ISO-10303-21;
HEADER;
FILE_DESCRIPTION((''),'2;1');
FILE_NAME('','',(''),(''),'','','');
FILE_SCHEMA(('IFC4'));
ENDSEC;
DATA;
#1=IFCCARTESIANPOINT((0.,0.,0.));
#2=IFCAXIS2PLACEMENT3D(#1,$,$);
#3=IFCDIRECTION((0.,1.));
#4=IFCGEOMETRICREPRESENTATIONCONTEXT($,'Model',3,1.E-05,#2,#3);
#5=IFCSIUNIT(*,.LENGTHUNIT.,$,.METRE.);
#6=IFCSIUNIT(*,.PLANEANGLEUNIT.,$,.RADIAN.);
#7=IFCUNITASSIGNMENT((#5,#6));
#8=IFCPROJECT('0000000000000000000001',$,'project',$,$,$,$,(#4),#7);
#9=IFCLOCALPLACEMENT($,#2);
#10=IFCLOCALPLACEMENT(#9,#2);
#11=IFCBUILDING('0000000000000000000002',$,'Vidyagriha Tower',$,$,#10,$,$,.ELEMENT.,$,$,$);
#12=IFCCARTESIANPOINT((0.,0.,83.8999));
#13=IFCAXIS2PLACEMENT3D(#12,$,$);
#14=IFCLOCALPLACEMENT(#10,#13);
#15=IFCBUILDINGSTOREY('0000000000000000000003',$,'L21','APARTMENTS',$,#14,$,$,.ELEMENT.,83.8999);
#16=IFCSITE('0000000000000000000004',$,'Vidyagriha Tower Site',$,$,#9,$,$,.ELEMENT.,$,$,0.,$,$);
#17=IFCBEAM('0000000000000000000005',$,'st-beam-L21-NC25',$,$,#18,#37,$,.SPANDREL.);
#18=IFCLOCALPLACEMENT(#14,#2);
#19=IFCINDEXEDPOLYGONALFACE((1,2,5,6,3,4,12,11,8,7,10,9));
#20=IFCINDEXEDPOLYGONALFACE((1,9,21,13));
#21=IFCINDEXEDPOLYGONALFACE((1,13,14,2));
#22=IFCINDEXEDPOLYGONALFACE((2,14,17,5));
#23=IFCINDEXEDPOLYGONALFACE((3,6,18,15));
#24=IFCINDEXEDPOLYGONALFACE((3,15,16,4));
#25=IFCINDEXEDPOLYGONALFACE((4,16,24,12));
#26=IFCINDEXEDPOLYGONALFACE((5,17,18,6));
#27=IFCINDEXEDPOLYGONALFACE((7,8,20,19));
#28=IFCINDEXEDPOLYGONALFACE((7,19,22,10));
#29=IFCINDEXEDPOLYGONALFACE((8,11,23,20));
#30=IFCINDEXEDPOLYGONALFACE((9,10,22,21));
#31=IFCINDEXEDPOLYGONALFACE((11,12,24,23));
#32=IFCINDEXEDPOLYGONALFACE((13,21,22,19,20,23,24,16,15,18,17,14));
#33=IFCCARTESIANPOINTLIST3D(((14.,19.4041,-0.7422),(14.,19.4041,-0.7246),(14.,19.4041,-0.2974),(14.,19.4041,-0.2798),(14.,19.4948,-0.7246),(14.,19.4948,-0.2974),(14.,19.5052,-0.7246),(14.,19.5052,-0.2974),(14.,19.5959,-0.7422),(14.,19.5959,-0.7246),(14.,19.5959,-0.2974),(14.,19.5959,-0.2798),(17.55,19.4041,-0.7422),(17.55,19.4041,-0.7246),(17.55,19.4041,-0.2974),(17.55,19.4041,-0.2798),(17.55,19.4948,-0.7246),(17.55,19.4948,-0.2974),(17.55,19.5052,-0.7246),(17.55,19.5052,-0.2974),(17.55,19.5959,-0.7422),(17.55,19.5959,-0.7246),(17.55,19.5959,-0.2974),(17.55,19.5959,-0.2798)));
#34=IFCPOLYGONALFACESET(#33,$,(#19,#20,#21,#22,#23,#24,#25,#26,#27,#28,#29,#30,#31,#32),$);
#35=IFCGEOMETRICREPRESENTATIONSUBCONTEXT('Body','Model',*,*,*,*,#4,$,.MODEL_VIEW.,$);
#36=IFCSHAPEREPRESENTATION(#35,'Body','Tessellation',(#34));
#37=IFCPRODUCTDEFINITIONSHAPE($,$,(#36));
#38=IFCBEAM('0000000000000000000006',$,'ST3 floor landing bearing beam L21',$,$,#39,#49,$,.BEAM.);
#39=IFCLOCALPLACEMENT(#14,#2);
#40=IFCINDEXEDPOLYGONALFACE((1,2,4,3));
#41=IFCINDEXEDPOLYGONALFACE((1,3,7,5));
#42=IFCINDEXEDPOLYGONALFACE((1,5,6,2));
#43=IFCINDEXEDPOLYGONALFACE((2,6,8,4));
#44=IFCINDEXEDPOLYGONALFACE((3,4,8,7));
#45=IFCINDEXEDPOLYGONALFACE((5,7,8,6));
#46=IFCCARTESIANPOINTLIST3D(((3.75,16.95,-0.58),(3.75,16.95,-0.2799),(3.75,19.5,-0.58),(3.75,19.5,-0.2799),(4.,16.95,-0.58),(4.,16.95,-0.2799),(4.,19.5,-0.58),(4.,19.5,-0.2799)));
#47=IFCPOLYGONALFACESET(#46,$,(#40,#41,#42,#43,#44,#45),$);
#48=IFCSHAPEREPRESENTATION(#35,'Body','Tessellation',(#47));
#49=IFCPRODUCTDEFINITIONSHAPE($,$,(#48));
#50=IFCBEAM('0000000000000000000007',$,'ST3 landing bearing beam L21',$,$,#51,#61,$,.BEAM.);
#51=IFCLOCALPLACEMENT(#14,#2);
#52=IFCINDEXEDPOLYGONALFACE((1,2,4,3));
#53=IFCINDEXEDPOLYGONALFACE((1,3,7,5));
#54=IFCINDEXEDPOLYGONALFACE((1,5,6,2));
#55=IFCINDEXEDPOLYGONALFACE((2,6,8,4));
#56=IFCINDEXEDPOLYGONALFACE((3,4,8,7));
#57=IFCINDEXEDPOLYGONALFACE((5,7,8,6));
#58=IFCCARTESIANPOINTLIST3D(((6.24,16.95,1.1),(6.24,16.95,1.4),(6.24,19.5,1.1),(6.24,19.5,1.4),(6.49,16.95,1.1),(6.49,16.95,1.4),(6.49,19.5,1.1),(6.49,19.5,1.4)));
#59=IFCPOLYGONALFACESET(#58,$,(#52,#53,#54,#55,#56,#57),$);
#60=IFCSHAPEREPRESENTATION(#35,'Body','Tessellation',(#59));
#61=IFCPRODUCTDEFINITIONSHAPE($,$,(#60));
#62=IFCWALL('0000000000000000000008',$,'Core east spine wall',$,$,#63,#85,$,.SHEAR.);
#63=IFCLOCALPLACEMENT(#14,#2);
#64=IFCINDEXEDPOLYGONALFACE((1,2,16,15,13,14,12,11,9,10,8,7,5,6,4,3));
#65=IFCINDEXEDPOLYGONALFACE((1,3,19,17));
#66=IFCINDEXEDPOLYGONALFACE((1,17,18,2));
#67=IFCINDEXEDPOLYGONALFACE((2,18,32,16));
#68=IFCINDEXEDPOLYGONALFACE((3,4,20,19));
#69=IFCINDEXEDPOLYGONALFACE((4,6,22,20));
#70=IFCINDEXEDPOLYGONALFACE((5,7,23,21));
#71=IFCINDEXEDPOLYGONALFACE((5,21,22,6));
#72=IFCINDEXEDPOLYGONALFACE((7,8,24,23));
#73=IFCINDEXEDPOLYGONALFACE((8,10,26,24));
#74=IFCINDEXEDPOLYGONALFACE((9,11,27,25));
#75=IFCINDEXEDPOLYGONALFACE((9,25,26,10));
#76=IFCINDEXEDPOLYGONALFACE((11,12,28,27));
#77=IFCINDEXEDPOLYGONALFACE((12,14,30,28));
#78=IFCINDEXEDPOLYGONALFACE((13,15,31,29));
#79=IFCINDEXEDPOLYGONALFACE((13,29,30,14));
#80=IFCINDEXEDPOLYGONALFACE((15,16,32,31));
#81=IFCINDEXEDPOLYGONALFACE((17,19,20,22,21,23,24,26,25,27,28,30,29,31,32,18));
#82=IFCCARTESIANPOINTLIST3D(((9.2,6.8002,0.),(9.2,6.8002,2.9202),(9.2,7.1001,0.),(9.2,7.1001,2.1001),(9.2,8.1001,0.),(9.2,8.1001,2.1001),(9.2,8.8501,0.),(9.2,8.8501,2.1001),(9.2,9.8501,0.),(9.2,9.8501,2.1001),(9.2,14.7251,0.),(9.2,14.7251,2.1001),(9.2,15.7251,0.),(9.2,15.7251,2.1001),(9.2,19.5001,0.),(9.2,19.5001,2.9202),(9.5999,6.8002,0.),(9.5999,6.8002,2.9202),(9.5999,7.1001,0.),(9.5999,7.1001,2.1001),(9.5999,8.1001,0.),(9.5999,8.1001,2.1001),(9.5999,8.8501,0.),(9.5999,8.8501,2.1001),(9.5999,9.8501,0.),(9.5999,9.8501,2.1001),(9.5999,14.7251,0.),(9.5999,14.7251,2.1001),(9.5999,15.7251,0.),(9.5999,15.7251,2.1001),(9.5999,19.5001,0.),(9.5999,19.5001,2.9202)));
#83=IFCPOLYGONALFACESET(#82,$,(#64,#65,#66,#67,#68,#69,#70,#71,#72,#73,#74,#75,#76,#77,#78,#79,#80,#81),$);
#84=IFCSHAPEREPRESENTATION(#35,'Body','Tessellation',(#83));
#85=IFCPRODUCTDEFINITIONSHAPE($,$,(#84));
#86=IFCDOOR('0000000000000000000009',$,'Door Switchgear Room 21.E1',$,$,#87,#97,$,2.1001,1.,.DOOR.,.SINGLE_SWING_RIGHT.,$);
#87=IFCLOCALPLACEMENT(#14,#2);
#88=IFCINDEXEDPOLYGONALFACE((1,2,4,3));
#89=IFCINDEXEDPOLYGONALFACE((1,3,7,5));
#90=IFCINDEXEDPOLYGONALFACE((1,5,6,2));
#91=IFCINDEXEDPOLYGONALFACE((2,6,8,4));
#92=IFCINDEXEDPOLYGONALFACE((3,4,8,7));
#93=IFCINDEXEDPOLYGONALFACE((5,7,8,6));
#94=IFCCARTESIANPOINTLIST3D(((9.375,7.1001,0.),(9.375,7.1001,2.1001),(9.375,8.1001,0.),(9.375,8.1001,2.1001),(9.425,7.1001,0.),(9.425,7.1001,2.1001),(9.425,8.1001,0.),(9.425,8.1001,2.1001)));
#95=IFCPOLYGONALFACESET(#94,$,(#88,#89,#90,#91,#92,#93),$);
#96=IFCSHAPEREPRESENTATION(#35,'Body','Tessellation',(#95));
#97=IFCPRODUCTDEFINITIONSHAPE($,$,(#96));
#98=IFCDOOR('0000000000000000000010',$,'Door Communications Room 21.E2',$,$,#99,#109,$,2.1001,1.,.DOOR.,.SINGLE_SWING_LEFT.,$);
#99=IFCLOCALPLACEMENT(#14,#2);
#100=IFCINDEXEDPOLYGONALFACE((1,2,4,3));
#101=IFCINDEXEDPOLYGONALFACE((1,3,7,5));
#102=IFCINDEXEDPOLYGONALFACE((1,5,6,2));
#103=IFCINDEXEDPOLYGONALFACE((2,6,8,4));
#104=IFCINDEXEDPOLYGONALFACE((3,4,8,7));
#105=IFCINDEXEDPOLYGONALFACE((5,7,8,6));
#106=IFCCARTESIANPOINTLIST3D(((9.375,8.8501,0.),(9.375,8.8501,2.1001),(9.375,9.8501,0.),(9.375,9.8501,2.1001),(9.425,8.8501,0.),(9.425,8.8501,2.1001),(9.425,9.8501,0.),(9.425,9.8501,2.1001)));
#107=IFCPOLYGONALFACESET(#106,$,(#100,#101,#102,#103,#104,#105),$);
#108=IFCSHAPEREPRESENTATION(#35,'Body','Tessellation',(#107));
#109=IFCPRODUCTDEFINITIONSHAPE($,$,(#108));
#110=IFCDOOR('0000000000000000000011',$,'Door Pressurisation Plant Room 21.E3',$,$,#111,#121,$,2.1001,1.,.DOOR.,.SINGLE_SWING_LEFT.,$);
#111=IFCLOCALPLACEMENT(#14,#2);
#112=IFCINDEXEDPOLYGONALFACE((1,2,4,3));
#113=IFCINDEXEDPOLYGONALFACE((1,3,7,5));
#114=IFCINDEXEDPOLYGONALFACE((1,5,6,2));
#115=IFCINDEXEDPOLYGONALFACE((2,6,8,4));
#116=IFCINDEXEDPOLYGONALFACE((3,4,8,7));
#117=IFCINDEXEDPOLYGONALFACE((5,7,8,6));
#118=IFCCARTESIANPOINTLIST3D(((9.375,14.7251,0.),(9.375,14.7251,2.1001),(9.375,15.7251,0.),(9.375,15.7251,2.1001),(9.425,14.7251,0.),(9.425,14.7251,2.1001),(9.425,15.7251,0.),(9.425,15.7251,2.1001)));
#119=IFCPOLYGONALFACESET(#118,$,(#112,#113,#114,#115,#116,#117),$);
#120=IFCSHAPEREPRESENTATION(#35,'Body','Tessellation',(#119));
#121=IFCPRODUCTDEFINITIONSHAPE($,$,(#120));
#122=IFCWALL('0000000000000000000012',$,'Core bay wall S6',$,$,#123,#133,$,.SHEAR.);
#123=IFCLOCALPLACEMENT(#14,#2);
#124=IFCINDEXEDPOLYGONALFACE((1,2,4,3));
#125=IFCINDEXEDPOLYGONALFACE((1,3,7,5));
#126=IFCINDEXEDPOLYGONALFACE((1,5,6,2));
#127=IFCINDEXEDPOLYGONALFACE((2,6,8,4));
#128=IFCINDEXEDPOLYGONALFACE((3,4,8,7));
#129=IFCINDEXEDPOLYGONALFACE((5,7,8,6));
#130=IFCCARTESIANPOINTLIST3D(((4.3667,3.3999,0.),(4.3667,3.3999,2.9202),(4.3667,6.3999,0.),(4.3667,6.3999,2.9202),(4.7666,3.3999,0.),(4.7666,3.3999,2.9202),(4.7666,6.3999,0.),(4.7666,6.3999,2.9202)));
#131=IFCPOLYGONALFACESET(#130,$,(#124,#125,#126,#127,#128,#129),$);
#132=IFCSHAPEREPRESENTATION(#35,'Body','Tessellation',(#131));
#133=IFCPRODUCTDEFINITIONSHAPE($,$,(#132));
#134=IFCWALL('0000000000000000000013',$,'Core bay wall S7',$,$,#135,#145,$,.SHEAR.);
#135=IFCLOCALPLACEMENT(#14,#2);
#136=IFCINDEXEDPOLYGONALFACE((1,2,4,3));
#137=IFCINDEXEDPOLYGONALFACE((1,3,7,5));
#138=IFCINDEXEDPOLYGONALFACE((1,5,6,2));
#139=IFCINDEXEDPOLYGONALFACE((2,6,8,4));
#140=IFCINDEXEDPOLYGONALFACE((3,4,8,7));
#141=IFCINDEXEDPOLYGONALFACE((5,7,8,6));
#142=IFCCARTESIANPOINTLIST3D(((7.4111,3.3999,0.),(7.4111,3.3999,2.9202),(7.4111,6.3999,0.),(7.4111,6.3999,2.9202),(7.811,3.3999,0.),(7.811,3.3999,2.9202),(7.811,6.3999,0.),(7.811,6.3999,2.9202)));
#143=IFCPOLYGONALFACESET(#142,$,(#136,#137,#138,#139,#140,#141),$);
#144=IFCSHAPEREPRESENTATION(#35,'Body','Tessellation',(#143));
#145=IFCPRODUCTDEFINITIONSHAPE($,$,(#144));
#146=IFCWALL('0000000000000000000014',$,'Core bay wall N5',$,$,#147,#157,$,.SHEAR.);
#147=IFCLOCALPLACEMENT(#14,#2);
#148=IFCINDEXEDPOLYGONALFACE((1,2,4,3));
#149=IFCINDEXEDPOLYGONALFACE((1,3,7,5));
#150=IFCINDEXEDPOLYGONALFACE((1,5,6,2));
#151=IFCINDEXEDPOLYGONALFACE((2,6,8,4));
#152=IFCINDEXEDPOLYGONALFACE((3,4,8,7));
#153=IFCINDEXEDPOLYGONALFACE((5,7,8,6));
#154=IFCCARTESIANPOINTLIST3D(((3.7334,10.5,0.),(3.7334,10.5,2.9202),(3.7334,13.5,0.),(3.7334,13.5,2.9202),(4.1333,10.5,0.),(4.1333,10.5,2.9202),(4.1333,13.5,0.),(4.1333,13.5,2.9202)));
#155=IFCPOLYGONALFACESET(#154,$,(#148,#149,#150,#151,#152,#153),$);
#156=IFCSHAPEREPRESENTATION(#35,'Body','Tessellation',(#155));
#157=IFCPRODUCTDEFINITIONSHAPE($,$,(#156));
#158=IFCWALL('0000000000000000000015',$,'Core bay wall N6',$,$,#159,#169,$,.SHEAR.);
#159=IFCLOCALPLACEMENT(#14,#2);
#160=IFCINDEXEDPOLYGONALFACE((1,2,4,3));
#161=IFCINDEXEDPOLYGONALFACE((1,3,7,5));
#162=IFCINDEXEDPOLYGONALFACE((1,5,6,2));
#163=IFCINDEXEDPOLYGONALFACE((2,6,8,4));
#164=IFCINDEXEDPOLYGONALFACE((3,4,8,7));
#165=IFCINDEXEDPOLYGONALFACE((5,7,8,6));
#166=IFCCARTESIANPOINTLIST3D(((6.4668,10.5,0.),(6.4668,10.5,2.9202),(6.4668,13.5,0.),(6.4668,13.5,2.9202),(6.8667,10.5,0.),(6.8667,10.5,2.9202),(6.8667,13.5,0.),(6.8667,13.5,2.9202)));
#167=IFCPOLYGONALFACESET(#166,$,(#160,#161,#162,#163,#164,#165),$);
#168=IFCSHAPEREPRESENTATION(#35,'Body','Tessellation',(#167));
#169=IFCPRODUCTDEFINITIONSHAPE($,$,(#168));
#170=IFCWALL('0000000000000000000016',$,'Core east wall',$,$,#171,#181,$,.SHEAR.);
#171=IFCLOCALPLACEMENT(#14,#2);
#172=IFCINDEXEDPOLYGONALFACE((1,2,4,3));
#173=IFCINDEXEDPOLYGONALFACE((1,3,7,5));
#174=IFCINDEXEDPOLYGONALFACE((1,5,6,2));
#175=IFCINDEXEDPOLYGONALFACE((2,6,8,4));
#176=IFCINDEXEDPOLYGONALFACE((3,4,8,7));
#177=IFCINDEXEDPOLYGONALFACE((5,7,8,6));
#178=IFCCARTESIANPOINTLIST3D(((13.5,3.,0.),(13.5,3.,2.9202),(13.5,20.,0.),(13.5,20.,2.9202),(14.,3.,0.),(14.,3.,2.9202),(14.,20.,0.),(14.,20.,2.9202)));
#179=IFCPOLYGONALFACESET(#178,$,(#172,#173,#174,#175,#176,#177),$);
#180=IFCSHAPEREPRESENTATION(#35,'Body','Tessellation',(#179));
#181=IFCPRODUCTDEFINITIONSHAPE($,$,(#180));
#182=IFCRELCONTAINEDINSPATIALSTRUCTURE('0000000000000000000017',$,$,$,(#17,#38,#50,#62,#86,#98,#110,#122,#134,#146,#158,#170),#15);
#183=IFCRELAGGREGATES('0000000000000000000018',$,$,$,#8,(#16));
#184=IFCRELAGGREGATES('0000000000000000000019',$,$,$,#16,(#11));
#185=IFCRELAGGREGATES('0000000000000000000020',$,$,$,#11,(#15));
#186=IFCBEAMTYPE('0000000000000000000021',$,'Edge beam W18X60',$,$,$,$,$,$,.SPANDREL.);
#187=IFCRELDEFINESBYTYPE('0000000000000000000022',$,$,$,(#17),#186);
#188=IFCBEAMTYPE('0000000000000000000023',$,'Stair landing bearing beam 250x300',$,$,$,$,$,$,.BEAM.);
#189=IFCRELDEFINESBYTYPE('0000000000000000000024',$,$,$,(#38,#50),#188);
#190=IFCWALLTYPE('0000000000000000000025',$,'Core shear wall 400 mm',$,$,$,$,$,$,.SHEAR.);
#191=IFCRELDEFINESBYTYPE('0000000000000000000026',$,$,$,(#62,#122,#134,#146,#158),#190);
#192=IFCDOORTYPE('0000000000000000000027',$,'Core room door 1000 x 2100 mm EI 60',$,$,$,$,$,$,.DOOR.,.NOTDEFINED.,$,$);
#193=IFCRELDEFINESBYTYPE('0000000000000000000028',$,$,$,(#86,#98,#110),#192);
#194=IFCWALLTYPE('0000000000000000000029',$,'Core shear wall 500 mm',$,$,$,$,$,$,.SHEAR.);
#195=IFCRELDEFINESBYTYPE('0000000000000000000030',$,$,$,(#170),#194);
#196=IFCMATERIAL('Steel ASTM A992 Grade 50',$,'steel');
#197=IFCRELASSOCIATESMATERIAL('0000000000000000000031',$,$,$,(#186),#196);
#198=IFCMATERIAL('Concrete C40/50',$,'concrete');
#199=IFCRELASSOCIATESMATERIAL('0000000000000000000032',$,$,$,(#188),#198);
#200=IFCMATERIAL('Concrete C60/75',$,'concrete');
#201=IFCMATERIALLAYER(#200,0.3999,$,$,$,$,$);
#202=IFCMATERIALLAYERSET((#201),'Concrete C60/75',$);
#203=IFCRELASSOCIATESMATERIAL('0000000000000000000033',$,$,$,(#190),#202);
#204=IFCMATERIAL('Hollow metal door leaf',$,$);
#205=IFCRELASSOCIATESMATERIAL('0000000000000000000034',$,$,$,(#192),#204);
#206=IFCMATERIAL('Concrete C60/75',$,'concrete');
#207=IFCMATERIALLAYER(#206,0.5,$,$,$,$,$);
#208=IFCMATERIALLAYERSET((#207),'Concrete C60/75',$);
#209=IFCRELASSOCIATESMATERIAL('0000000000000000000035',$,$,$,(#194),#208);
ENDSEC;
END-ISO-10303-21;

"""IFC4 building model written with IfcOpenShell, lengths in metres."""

from ifc_helpers import new_model, si_unit, direction, frame, frame_2d, origin, origin_2d, place, context, subcontext, project, spatial, rectangle, i_section, extrude, material, layer, layer_set, material_profile, profile_set, type_object, element, fill, save


model = new_model("IFC4")

# Units and contexts
model_context = context("Model", 3, precision=1e-05, world=origin(), true_north=direction((0.0, 1.0)))
body_context = subcontext(model_context, "Body", "Model", "MODEL_VIEW")
ifc_project = project(units=[si_unit("LENGTHUNIT", "METRE"), si_unit("PLANEANGLEUNIT", "RADIAN")], contexts=[model_context])

# Site, building, storey
site_placement = place(None, origin())
site = spatial("IfcSite", under=ifc_project, at=site_placement, Name="Vidyagriha Tower Site", CompositionType="ELEMENT", RefElevation=0.0)
building_placement = place(site_placement, origin())
building = spatial("IfcBuilding", under=site, at=building_placement, Name="Vidyagriha Tower", CompositionType="ELEMENT")
storey_placement = place(building_placement, frame((0.0, 0.0, 83.8999)))
storey = spatial("IfcBuildingStorey", under=building, at=storey_placement, Name="L21", Description="APARTMENTS", CompositionType="ELEMENT", Elevation=83.8999)

# Beams
ifc_material_1 = material(Name="Steel ASTM A992 Grade 50", Category="steel")
ifc_material_profile_1 = material_profile(ifc_material_1, i_section(OverallWidth=0.1919, OverallDepth=0.4624, WebThickness=0.0105, FlangeThickness=0.0176, at=origin_2d()), Name="W18X60")
ifc_profile_set_1 = profile_set([ifc_material_profile_1], Name="Steel ASTM A992 Grade 50")
beam_type_1 = type_object("IfcBeamType", Name="Edge beam W18X60", PredefinedType="SPANDREL", material=ifc_profile_set_1)
beam_placement = place(storey_placement, frame((14.0, 19.5, -0.511), z_axis=(1.0, 0.0, 0.0), x_axis=(0.0, 1.0, 0.0)))
element("IfcBeam", 1, at=beam_placement, inside=storey, type_object=beam_type_1, Name="st-beam-L21-NC25", PredefinedType="SPANDREL", context=body_context, shape_type="SweptSolid", body=[
    extrude(i_section(OverallWidth=0.1919, OverallDepth=0.4624, WebThickness=0.0105, FlangeThickness=0.0176, at=origin_2d()), origin(), (0.0, 0.0, 1.0), 3.55),
])
ifc_material_2 = material(Name="Concrete C40/50", Category="concrete")
ifc_material_profile_2 = material_profile(ifc_material_2, rectangle(XDim=0.25, YDim=0.3, at=origin_2d()), Name="Stair landing bearing beam 250x300")
ifc_profile_set_2 = profile_set([ifc_material_profile_2], Name="Concrete C40/50")
beam_type_2 = type_object("IfcBeamType", Name="Stair landing bearing beam 250x300", PredefinedType="BEAM", material=ifc_profile_set_2)
for number, where, z_axis, x_axis, name in (
    (2, (3.875, 16.95, -0.4299), (0.0, 1.0, 0.0), (-1.0, 0.0, 0.0), "ST3 floor landing bearing beam L21"),
    (3, (6.365, 16.95, 1.25), (0.0, 1.0, 0.0), (-1.0, 0.0, 0.0), "ST3 landing bearing beam L21"),
):
    element("IfcBeam", number, at=place(storey_placement, frame(where, z_axis=z_axis, x_axis=x_axis)), inside=storey, type_object=beam_type_2, Name=name, PredefinedType="BEAM", context=body_context, shape_type="SweptSolid", body=[
        extrude(rectangle(XDim=0.25, YDim=0.3, at=origin_2d()), origin(), (0.0, 0.0, 1.0), 2.55),
    ])

# Wall, openings, doors
ifc_material_3 = material(Name="Concrete C60/75", Category="concrete")
ifc_layer_1 = layer(ifc_material_3, 0.3999)
ifc_layer_set_1 = layer_set([ifc_layer_1], Name="Concrete C60/75")
wall_type_1 = type_object("IfcWallType", Name="Core shear wall 400 mm", PredefinedType="SHEAR", material=ifc_layer_set_1)
wall_1_placement = place(storey_placement, frame((9.3999, 6.8, 0.0), z_axis=(0.0, 0.0, 1.0), x_axis=(0.0, 1.0, 0.0)))
wall_1 = element("IfcWall", 4, at=wall_1_placement, inside=storey, type_object=wall_type_1, Name="Core east spine wall", PredefinedType="SHEAR", context=body_context, shape_type="SweptSolid", body=[
    extrude(rectangle(XDim=12.7, YDim=0.3999, at=frame_2d((6.3501, 0.0))), origin(), (0.0, 0.0, 1.0), 2.9202),
])
opening_1_placement = place(wall_1_placement, frame((0.3, 0.0, 0.0)))
opening_1 = element("IfcOpeningElement", 5, at=opening_1_placement, cuts=wall_1, PredefinedType="OPENING", context=body_context, shape_type="SweptSolid", body=[
    extrude(rectangle(XDim=1.0, YDim=2.1001, at=frame_2d((0.5, 1.05))), frame((0.0, 0.21, 0.0), z_axis=(0.0, -1.0, 0.0), x_axis=(1.0, 0.0, 0.0)), (0.0, 0.0, 1.0), 0.4199),
])
opening_2_placement = place(wall_1_placement, frame((2.05, 0.0, 0.0)))
opening_2 = element("IfcOpeningElement", 6, at=opening_2_placement, cuts=wall_1, PredefinedType="OPENING", context=body_context, shape_type="SweptSolid", body=[
    extrude(rectangle(XDim=1.0, YDim=2.1001, at=frame_2d((0.5, 1.05))), frame((0.0, 0.21, 0.0), z_axis=(0.0, -1.0, 0.0), x_axis=(1.0, 0.0, 0.0)), (0.0, 0.0, 1.0), 0.4199),
])
opening_3_placement = place(wall_1_placement, frame((7.925, 0.0, 0.0)))
opening_3 = element("IfcOpeningElement", 7, at=opening_3_placement, cuts=wall_1, PredefinedType="OPENING", context=body_context, shape_type="SweptSolid", body=[
    extrude(rectangle(XDim=1.0, YDim=2.1001, at=frame_2d((0.5, 1.05))), frame((0.0, 0.21, 0.0), z_axis=(0.0, -1.0, 0.0), x_axis=(1.0, 0.0, 0.0)), (0.0, 0.0, 1.0), 0.4199),
])
ifc_material_4 = material(Name="Hollow metal door leaf")
door_type_1 = type_object("IfcDoorType", Name="Core room door 1000 x 2100 mm EI 60", OperationType="NOTDEFINED", PredefinedType="DOOR", material=ifc_material_4)
door_1_placement = place(opening_1_placement, origin())
door_1 = element("IfcDoor", 8, at=door_1_placement, inside=storey, type_object=door_type_1, Name="Door Switchgear Room 21.E1", OperationType="SINGLE_SWING_RIGHT", OverallHeight=2.1001, OverallWidth=1.0, PredefinedType="DOOR", context=body_context, shape_type="SweptSolid", body=[
    extrude(rectangle(XDim=1.0, YDim=2.1001, at=frame_2d((0.5, 1.05))), frame((0.0, 0.0249, 0.0), z_axis=(0.0, -1.0, 0.0), x_axis=(1.0, 0.0, 0.0)), (0.0, 0.0, 1.0), 0.05),
])
fill(opening_1, door_1)
door_2_placement = place(opening_2_placement, origin())
door_2 = element("IfcDoor", 9, at=door_2_placement, inside=storey, type_object=door_type_1, Name="Door Communications Room 21.E2", OperationType="SINGLE_SWING_LEFT", OverallHeight=2.1001, OverallWidth=1.0, PredefinedType="DOOR", context=body_context, shape_type="SweptSolid", body=[
    extrude(rectangle(XDim=1.0, YDim=2.1001, at=frame_2d((0.5, 1.05))), frame((0.0, 0.0249, 0.0), z_axis=(0.0, -1.0, 0.0), x_axis=(1.0, 0.0, 0.0)), (0.0, 0.0, 1.0), 0.05),
])
fill(opening_2, door_2)
door_3_placement = place(opening_3_placement, origin())
door_3 = element("IfcDoor", 10, at=door_3_placement, inside=storey, type_object=door_type_1, Name="Door Pressurisation Plant Room 21.E3", OperationType="SINGLE_SWING_LEFT", OverallHeight=2.1001, OverallWidth=1.0, PredefinedType="DOOR", context=body_context, shape_type="SweptSolid", body=[
    extrude(rectangle(XDim=1.0, YDim=2.1001, at=frame_2d((0.5, 1.05))), frame((0.0, 0.0249, 0.0), z_axis=(0.0, -1.0, 0.0), x_axis=(1.0, 0.0, 0.0)), (0.0, 0.0, 1.0), 0.05),
])
fill(opening_3, door_3)

# Walls
for number, where, z_axis, x_axis, name in (
    (11, (4.5667, 3.3999, 0.0), (0.0, 0.0, 1.0), (0.0, 1.0, 0.0), "Core bay wall S6"),
    (12, (7.6111, 3.3999, 0.0), (0.0, 0.0, 1.0), (0.0, 1.0, 0.0), "Core bay wall S7"),
    (13, (3.9333, 10.5, 0.0), (0.0, 0.0, 1.0), (0.0, 1.0, 0.0), "Core bay wall N5"),
    (14, (6.6667, 10.5, 0.0), (0.0, 0.0, 1.0), (0.0, 1.0, 0.0), "Core bay wall N6"),
):
    element("IfcWall", number, at=place(storey_placement, frame(where, z_axis=z_axis, x_axis=x_axis)), inside=storey, type_object=wall_type_1, Name=name, PredefinedType="SHEAR", context=body_context, shape_type="SweptSolid", body=[
        extrude(rectangle(XDim=3.0, YDim=0.3999, at=frame_2d((1.5, 0.0))), origin(), (0.0, 0.0, 1.0), 2.9202),
    ])
ifc_material_5 = material(Name="Concrete C60/75", Category="concrete")
ifc_layer_2 = layer(ifc_material_5, 0.5)
ifc_layer_set_2 = layer_set([ifc_layer_2], Name="Concrete C60/75")
wall_type_2 = type_object("IfcWallType", Name="Core shear wall 500 mm", PredefinedType="SHEAR", material=ifc_layer_set_2)
wall_2_placement = place(storey_placement, frame((13.75, 3.0, 0.0), z_axis=(0.0, 0.0, 1.0), x_axis=(0.0, 1.0, 0.0)))
element("IfcWall", 15, at=wall_2_placement, inside=storey, type_object=wall_type_2, Name="Core east wall", PredefinedType="SHEAR", context=body_context, shape_type="SweptSolid", body=[
    extrude(rectangle(XDim=17.0, YDim=0.5, at=frame_2d((8.5, 0.0))), origin(), (0.0, 0.0, 1.0), 2.9202),
])

save(model, "model.ifc")
